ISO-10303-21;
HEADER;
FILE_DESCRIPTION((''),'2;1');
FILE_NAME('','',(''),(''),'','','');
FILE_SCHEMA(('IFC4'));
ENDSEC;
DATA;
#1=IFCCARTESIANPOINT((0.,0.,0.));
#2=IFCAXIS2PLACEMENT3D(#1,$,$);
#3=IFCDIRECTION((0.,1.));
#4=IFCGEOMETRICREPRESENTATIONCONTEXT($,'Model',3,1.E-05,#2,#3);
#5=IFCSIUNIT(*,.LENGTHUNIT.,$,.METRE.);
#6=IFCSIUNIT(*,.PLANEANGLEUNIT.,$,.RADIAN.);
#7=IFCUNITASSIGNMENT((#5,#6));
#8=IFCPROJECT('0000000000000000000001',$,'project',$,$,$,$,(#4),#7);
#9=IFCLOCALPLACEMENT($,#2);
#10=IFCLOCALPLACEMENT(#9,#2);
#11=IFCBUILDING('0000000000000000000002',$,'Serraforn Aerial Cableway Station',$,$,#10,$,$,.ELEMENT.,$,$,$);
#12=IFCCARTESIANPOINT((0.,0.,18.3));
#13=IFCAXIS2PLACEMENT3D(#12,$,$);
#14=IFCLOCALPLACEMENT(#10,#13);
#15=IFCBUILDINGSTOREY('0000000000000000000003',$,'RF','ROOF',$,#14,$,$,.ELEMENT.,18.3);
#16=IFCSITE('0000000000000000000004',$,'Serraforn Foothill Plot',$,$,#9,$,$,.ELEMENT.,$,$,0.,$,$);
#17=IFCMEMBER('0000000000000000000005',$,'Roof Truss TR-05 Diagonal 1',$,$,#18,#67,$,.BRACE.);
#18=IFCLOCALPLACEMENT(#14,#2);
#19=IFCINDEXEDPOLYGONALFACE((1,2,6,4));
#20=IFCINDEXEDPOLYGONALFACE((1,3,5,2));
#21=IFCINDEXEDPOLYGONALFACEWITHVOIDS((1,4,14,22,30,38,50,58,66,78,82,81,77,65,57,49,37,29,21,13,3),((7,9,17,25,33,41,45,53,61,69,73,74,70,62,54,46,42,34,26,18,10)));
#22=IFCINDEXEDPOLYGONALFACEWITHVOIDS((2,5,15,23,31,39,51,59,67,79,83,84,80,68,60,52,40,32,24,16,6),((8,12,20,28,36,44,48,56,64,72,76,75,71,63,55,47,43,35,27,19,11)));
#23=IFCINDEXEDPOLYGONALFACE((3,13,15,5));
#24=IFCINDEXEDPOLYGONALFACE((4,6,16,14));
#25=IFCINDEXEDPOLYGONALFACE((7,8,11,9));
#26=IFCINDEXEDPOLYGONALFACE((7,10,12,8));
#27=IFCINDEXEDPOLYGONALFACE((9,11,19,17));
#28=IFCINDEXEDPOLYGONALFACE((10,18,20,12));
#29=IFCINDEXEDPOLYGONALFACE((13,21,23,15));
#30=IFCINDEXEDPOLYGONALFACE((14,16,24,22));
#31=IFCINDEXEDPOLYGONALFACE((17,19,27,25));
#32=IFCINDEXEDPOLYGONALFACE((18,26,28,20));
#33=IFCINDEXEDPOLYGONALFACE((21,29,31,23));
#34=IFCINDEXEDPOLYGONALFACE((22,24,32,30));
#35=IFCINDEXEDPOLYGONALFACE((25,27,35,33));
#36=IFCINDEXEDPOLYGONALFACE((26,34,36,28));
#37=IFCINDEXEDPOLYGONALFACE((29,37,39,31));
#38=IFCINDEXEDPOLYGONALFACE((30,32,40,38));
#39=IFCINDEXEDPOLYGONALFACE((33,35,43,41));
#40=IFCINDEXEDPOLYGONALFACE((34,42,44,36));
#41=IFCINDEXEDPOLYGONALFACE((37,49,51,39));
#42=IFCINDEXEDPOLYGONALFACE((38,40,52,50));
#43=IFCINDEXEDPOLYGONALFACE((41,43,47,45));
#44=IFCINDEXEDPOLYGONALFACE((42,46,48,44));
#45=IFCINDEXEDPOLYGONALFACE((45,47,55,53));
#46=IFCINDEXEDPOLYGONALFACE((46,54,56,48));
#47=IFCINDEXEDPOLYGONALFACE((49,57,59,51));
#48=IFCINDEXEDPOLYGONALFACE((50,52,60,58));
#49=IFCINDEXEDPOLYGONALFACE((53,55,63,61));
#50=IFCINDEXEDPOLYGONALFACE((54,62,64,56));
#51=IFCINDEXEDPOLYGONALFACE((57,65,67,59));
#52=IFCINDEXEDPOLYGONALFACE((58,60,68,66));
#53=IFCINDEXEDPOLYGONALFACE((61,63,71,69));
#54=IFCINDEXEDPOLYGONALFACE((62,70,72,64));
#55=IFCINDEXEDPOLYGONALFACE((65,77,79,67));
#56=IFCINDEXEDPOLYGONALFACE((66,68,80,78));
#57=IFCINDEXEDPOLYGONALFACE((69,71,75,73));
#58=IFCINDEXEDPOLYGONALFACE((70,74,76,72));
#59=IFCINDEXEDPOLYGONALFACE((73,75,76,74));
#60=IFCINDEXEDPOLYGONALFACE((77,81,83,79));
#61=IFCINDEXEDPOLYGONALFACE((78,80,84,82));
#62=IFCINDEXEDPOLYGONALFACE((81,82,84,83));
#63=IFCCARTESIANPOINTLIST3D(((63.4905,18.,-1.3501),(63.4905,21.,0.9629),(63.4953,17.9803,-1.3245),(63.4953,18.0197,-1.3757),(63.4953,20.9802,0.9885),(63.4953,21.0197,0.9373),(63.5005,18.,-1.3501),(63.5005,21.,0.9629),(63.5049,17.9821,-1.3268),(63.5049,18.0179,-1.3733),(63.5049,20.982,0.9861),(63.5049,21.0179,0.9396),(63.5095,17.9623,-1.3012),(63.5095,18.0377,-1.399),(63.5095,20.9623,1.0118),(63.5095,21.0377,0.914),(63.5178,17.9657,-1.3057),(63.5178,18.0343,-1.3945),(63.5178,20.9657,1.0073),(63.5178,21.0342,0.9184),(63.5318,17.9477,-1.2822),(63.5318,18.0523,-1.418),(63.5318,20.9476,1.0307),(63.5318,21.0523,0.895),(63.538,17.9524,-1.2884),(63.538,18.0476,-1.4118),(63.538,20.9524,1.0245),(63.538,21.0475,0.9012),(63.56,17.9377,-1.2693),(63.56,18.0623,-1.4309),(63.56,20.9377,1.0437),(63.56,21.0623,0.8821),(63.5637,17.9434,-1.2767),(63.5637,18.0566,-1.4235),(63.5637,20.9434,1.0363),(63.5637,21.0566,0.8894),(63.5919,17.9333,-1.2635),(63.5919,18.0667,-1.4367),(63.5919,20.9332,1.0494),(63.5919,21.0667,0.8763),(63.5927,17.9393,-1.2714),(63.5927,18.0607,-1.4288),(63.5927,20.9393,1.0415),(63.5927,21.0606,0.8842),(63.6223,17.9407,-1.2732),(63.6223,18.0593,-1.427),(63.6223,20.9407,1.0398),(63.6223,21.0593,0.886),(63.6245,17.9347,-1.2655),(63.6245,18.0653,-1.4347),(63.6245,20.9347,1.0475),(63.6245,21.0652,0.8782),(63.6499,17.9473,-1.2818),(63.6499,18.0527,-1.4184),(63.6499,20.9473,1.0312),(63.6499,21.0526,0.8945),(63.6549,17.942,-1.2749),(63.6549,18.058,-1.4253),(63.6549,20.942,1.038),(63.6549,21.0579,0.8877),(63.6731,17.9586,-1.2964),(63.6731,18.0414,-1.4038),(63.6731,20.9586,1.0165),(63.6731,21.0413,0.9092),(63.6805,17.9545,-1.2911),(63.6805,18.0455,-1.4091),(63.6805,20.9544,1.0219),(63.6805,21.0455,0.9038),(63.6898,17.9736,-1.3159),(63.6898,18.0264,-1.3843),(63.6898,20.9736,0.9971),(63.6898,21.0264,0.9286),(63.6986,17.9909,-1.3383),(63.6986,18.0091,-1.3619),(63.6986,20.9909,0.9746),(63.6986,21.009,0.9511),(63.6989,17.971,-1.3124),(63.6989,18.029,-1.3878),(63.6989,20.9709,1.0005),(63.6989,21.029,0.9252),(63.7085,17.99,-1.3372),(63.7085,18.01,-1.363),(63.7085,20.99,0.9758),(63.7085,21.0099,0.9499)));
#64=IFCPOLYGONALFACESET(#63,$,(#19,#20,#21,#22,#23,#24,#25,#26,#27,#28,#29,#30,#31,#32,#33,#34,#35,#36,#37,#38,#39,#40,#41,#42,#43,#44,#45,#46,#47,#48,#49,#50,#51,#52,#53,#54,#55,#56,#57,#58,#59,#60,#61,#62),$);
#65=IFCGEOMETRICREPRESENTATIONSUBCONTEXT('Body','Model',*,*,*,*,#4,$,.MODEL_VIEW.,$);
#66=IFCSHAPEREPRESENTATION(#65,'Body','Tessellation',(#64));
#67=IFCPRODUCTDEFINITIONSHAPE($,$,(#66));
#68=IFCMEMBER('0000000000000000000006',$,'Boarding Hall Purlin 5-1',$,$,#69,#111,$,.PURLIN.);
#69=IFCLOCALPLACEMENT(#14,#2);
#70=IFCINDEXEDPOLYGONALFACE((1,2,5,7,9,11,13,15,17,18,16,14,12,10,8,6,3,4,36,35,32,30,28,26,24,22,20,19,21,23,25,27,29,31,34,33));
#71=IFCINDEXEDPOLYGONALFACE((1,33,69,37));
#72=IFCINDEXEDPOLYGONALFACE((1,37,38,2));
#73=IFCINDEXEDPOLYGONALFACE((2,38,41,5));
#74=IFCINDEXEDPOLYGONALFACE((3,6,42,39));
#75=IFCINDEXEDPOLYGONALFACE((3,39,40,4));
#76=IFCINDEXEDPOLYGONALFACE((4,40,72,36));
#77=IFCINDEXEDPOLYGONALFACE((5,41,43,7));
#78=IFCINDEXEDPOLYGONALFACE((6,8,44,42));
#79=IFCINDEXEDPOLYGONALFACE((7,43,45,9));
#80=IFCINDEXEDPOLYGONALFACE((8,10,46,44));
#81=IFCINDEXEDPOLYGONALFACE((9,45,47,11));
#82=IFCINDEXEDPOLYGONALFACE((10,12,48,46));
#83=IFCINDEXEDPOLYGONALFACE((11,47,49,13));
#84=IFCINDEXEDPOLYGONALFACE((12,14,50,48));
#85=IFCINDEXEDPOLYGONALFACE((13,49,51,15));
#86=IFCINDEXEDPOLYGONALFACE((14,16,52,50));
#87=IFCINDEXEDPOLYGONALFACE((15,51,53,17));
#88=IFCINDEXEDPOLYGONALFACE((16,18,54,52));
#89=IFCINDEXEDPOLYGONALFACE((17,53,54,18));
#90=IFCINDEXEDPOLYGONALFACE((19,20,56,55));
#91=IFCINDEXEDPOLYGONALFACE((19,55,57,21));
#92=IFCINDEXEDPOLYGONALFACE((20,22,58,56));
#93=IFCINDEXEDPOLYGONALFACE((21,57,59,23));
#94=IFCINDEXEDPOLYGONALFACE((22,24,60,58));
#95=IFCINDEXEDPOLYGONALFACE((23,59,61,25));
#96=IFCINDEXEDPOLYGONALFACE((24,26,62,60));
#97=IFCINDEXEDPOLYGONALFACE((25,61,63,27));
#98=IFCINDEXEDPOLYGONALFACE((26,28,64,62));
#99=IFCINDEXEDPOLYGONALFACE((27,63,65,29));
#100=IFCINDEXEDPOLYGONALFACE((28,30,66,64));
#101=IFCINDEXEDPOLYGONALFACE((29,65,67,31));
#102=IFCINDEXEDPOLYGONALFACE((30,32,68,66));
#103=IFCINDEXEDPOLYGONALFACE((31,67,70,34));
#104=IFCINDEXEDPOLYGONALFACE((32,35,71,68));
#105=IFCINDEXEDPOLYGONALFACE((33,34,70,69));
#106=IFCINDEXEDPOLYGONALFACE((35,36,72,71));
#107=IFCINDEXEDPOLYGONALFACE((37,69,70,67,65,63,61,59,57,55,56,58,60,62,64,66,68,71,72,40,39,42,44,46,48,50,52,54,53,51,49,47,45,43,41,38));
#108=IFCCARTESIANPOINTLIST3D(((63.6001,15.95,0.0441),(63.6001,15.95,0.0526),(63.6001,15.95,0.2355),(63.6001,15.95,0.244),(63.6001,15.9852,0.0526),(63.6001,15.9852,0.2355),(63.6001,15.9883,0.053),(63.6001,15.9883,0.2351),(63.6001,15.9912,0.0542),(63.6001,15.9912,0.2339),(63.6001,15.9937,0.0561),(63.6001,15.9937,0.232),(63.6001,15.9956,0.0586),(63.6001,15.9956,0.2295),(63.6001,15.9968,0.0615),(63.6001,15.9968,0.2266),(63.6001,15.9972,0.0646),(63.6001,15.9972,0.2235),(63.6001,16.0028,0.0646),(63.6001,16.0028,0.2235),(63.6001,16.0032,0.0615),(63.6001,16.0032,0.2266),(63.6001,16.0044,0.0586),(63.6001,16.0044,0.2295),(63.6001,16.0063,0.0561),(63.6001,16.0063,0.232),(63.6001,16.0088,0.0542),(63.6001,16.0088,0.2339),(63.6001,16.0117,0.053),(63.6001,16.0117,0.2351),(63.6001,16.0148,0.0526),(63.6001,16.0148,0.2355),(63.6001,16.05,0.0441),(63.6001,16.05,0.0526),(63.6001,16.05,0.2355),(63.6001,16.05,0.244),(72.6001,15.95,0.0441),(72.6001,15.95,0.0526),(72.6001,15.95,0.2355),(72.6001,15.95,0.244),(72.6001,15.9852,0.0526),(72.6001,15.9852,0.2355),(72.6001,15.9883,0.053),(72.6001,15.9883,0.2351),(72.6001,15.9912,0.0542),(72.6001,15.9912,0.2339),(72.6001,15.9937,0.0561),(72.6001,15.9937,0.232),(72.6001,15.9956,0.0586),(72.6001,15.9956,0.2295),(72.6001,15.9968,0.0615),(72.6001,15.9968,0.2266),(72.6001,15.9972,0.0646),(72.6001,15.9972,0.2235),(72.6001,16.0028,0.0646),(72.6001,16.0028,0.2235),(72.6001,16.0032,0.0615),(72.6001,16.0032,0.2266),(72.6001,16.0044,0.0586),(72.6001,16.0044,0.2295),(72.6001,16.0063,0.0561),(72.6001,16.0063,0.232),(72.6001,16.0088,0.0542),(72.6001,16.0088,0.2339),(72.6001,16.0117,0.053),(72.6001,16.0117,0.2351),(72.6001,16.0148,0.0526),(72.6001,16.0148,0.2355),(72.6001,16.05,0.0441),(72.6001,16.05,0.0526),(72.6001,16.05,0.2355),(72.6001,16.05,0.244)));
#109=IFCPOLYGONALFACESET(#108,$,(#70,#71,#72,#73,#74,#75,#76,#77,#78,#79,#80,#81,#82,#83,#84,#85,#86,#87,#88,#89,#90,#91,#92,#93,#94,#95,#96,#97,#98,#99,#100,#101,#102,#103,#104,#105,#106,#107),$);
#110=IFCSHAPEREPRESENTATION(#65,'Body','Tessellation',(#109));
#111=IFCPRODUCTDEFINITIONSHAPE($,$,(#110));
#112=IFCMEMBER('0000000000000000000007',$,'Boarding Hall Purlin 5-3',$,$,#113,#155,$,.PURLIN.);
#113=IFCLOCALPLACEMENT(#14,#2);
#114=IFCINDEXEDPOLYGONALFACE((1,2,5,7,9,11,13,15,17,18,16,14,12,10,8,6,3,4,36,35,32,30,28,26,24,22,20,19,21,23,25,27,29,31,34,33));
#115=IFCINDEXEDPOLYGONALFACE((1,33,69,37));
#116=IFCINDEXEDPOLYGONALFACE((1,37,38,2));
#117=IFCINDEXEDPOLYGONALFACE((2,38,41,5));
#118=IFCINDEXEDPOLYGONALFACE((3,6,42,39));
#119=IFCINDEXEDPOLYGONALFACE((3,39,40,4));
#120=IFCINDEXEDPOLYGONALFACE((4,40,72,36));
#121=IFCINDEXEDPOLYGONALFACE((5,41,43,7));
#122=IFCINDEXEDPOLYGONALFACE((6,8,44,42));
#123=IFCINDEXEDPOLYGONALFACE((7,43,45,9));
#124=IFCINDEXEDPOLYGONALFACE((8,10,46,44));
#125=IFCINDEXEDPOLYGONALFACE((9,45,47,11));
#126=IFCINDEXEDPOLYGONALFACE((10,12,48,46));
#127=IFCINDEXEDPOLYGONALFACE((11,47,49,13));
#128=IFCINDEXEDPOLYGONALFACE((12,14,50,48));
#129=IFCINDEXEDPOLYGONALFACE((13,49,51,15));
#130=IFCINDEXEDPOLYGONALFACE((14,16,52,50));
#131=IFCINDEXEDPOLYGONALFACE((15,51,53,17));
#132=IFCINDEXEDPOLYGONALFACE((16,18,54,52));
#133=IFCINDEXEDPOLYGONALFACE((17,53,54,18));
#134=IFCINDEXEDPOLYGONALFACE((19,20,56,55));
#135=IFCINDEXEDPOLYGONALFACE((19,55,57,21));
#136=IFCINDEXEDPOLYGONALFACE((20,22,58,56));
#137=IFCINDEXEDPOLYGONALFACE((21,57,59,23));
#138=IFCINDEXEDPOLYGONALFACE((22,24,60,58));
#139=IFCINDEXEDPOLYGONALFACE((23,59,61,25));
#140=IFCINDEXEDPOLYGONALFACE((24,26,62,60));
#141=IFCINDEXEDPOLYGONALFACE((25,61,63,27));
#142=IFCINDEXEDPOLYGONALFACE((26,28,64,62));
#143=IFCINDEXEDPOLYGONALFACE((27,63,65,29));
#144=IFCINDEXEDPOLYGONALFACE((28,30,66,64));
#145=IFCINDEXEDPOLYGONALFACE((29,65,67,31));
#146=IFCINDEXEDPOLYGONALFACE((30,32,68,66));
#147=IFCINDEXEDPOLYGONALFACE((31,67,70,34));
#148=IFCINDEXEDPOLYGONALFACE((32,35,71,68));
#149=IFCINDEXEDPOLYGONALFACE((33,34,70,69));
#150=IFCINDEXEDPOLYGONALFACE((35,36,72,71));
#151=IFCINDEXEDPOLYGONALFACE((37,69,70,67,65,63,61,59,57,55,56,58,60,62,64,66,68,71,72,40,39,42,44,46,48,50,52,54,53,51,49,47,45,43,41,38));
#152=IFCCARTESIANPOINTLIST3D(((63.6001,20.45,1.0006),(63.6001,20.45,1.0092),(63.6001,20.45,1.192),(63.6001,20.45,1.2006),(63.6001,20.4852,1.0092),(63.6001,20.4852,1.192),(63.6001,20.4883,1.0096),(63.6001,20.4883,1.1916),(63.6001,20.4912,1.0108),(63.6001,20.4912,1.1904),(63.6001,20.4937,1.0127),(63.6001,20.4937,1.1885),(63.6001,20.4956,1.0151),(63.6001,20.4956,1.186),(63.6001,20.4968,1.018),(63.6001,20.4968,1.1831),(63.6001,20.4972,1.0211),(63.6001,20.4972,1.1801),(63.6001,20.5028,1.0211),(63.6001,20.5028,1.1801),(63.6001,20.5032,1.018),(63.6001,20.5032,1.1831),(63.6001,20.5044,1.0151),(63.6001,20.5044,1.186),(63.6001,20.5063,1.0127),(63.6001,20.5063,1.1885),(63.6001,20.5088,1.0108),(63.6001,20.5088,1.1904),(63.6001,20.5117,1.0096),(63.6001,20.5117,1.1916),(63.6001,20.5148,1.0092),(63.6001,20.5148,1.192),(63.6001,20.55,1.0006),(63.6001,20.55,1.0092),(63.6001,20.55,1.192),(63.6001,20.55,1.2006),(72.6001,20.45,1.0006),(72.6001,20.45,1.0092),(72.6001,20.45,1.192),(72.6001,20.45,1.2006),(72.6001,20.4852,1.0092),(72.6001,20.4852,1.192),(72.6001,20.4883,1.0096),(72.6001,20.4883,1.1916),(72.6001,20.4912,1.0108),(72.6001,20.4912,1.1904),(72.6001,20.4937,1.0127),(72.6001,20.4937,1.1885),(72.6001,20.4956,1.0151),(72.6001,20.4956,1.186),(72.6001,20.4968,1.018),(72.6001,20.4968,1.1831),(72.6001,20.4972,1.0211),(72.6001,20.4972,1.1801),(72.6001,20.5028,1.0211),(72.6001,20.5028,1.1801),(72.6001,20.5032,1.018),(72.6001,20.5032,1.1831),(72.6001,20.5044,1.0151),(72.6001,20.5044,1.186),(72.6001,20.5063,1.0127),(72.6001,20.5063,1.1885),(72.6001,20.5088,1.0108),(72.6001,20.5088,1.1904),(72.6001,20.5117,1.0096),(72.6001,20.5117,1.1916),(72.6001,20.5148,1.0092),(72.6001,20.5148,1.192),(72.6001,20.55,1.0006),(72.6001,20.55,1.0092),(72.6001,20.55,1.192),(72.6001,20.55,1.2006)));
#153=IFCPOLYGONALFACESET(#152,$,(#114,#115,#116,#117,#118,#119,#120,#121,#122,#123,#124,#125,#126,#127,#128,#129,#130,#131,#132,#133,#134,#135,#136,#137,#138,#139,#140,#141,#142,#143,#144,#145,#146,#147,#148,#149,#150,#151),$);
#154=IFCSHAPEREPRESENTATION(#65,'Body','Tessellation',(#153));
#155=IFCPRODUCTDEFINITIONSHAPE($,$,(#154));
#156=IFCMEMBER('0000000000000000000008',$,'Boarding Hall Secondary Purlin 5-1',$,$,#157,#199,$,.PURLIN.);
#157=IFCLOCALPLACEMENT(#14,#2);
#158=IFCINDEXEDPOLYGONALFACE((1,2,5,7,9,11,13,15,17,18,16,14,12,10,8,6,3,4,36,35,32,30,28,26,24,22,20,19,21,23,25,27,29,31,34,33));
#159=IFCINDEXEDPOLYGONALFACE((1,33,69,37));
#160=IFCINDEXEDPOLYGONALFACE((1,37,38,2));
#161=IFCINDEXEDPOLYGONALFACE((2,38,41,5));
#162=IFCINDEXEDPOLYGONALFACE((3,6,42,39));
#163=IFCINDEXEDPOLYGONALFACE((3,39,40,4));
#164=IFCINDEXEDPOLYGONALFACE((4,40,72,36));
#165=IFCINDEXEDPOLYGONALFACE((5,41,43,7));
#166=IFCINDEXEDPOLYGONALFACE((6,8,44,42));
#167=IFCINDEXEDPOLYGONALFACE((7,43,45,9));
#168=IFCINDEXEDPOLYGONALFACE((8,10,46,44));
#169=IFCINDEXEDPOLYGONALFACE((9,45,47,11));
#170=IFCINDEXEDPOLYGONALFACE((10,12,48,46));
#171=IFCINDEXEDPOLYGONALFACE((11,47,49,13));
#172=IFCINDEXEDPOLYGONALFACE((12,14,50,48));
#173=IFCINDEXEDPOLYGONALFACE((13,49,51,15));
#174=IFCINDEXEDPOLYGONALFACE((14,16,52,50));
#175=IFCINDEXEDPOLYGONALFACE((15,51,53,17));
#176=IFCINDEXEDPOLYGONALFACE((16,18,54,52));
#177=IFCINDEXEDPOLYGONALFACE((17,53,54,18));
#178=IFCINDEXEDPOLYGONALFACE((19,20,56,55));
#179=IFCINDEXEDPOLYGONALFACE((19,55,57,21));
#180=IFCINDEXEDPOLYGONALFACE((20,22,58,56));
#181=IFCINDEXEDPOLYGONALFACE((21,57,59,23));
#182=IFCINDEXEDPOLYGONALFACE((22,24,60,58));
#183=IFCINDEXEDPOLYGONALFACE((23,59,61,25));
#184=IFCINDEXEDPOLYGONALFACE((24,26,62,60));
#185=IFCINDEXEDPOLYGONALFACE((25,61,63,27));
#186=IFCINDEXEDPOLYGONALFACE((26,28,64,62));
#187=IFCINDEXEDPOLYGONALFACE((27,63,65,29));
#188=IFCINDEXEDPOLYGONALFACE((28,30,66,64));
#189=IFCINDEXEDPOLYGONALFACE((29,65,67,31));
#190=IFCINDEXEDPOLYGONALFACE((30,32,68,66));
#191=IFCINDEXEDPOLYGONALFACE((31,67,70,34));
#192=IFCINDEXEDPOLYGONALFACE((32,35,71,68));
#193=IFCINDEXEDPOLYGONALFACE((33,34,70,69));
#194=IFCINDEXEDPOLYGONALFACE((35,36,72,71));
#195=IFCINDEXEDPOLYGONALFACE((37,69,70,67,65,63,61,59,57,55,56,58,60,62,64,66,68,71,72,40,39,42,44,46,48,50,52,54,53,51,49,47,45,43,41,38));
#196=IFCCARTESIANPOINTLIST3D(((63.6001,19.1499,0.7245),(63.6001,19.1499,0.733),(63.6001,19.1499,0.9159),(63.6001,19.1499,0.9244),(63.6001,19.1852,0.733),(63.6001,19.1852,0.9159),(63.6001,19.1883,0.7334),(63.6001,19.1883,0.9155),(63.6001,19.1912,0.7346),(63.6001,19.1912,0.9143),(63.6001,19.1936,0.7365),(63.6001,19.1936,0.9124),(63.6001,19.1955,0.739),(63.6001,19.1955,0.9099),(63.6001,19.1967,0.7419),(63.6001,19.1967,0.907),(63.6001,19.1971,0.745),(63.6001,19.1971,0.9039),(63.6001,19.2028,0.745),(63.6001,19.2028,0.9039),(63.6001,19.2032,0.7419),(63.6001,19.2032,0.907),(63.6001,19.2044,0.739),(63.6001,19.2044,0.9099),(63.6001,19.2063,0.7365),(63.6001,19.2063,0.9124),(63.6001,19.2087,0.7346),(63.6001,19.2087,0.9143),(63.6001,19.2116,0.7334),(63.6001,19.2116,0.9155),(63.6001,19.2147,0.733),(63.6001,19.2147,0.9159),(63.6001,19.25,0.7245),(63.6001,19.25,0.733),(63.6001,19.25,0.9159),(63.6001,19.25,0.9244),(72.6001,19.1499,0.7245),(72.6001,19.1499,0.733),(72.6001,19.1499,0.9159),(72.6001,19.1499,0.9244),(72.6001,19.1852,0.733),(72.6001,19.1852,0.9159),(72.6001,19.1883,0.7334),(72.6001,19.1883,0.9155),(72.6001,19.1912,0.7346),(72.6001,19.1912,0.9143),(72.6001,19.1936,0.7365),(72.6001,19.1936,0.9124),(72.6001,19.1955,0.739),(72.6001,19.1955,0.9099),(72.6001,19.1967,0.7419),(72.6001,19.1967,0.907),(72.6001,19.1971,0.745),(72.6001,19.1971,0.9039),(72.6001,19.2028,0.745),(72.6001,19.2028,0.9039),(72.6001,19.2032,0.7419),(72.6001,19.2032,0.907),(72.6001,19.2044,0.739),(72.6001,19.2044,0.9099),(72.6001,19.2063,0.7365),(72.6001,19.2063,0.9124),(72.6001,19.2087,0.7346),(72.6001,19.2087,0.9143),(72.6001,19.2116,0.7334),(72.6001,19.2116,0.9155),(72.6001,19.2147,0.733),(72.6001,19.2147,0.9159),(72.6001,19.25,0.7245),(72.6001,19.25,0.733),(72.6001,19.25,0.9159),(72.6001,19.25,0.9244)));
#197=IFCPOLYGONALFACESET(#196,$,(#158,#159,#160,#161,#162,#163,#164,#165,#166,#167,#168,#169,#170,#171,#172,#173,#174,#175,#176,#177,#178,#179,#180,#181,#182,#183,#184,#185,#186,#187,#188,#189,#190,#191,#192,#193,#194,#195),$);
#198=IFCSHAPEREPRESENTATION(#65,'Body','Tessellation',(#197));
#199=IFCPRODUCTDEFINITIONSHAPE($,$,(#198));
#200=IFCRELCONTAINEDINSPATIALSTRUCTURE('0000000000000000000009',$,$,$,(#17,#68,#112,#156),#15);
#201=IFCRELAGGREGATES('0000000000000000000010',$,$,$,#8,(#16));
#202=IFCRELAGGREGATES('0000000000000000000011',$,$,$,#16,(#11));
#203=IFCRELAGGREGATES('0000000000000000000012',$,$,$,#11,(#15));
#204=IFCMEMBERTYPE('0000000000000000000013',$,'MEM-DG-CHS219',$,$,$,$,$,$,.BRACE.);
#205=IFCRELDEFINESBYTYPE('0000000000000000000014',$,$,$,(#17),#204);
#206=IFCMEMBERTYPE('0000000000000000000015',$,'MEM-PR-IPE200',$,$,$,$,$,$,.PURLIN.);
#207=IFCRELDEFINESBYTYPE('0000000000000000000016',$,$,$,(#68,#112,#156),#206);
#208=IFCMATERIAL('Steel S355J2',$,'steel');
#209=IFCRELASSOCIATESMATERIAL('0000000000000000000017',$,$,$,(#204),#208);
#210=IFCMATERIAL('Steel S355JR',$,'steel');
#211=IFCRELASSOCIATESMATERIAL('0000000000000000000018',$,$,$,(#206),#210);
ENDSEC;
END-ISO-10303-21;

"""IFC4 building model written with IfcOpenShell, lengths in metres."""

from ifc_helpers import new_model, si_unit, direction, frame, origin, origin_2d, place, context, subcontext, project, spatial, hollow_circle, i_section, extrude, material, material_profile, profile_set, type_object, element, save


model = new_model("IFC4")

# Units and contexts
model_context = context("Model", 3, precision=1e-05, world=origin(), true_north=direction((0.0, 1.0)))
body_context = subcontext(model_context, "Body", "Model", "MODEL_VIEW")
ifc_project = project(units=[si_unit("LENGTHUNIT", "METRE"), si_unit("PLANEANGLEUNIT", "RADIAN")], contexts=[model_context])

# Site, building, storey
site_placement = place(None, origin())
site = spatial("IfcSite", under=ifc_project, at=site_placement, Name="Serraforn Foothill Plot", CompositionType="ELEMENT", RefElevation=0.0)
building_placement = place(site_placement, origin())
building = spatial("IfcBuilding", under=site, at=building_placement, Name="Serraforn Aerial Cableway Station", CompositionType="ELEMENT")
storey_placement = place(building_placement, frame((0.0, 0.0, 18.3)))
storey = spatial("IfcBuildingStorey", under=building, at=storey_placement, Name="RF", Description="ROOF", CompositionType="ELEMENT", Elevation=18.3)

# Shared definitions
ifc_material_1 = material(Name="Steel S355J2", Category="steel")

# Members
ifc_material_profile_1 = material_profile(ifc_material_1, hollow_circle(Radius=0.1096, WallThickness=0.01, at=origin_2d()), Name="CHS 219.1x10.0")
ifc_profile_set_1 = profile_set([ifc_material_profile_1], Name="Steel S355J2")
member_type_1 = type_object("IfcMemberType", Name="MEM-DG-CHS219", PredefinedType="BRACE", material=ifc_profile_set_1)
member_1_placement = place(storey_placement, frame((63.6001, 18.0, -1.3501), z_axis=(0.0, 0.791948, 0.610589), x_axis=(-1.0, 0.0, 0.0)))
element("IfcMember", 1, at=member_1_placement, inside=storey, type_object=member_type_1, Name="Roof Truss TR-05 Diagonal 1", PredefinedType="BRACE", context=body_context, shape_type="SweptSolid", body=[
    extrude(hollow_circle(Radius=0.1096, WallThickness=0.01, at=origin_2d()), origin(), (0.0, 0.0, 1.0), 3.7881),
])
ifc_material_2 = material(Name="Steel S355JR", Category="steel")
ifc_material_profile_2 = material_profile(ifc_material_2, i_section(OverallWidth=0.1001, OverallDepth=0.2, WebThickness=0.0056, FlangeThickness=0.0085, FilletRadius=0.012, at=origin_2d()), Name="IPE 200")
ifc_profile_set_2 = profile_set([ifc_material_profile_2], Name="Steel S355JR")
member_type_2 = type_object("IfcMemberType", Name="MEM-PR-IPE200", PredefinedType="PURLIN", material=ifc_profile_set_2)
for number, where, z_axis, x_axis, name in (
    (2, (63.6001, 16.0, 0.144), (1.0, 0.0, 0.0), (0.0, 1.0, 0.0), "Boarding Hall Purlin 5-1"),
    (3, (63.6001, 20.5, 1.1006), (1.0, 0.0, 0.0), (0.0, 1.0, 0.0), "Boarding Hall Purlin 5-3"),
    (4, (63.6001, 19.2, 0.8245), (1.0, 0.0, 0.0), (0.0, 1.0, 0.0), "Boarding Hall Secondary Purlin 5-1"),
):
    element("IfcMember", number, at=place(storey_placement, frame(where, z_axis=z_axis, x_axis=x_axis)), inside=storey, type_object=member_type_2, Name=name, PredefinedType="PURLIN", context=body_context, shape_type="SweptSolid", body=[
        extrude(i_section(OverallWidth=0.1001, OverallDepth=0.2, WebThickness=0.0056, FlangeThickness=0.0085, FilletRadius=0.012, at=origin_2d()), origin(), (0.0, 0.0, 1.0), 9.0),
    ])

save(model, "model.ifc")
